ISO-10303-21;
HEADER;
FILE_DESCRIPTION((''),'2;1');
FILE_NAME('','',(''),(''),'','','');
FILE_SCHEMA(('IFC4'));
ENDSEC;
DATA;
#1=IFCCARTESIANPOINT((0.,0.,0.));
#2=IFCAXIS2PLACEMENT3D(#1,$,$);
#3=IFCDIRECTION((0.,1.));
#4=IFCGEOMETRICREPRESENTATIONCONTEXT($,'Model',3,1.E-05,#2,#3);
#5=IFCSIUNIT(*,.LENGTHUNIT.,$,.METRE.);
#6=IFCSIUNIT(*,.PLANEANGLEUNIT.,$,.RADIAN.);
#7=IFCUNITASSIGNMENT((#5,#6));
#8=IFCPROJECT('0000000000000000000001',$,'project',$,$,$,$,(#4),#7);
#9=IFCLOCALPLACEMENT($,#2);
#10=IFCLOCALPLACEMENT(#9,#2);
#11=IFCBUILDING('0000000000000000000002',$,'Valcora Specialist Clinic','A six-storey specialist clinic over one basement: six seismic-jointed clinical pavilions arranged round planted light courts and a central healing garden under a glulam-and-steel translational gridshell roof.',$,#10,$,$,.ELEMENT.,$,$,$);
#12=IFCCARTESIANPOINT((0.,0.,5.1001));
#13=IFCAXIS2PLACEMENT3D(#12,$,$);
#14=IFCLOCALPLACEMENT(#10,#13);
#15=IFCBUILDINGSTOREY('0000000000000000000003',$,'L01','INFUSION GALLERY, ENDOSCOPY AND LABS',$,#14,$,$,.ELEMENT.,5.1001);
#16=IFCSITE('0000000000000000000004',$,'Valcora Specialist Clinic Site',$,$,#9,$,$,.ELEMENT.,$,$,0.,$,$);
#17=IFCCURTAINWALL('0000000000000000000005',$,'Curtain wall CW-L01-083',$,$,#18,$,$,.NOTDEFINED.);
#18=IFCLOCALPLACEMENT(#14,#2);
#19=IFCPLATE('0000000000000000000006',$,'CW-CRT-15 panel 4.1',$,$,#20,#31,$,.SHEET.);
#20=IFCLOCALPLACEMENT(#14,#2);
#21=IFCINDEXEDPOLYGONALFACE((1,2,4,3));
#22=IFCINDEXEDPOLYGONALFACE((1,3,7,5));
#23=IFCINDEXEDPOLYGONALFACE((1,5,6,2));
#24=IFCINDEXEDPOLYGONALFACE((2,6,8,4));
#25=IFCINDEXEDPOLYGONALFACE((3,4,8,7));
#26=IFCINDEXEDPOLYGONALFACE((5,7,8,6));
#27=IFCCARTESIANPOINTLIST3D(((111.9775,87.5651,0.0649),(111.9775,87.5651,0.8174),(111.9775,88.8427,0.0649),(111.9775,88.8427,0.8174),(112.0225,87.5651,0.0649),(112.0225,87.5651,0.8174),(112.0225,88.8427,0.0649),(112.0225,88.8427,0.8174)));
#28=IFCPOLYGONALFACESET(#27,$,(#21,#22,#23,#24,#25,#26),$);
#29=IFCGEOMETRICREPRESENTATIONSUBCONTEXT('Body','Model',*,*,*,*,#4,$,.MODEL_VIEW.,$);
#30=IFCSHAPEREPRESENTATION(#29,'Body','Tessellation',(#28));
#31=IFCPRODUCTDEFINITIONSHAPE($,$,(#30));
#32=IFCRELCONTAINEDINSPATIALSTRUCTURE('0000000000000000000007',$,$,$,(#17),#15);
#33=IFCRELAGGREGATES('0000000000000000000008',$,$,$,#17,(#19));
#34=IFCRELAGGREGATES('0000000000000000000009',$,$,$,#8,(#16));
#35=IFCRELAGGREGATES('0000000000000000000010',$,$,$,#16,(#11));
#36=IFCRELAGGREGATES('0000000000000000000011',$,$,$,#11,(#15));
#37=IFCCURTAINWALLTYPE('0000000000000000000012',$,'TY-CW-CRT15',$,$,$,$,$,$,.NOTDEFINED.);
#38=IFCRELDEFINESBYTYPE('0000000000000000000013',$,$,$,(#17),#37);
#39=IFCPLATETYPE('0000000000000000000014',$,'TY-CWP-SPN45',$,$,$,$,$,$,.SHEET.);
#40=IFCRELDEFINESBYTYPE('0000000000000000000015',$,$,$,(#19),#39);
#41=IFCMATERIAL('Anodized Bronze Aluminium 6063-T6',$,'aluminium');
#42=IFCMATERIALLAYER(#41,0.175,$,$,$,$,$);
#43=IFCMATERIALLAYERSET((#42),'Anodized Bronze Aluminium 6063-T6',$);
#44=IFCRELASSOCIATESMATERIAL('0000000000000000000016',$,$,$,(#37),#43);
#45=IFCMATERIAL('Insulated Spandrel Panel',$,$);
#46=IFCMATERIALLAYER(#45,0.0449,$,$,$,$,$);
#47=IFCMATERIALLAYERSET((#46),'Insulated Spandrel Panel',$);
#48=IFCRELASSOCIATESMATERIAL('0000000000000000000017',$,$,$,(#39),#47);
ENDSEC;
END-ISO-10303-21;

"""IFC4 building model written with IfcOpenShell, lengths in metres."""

from ifc_helpers import new_model, si_unit, direction, frame, origin, origin_2d, place, context, subcontext, project, spatial, rectangle, extrude, material, layer, layer_set, type_object, element, aggregate, save


model = new_model("IFC4")

# Units and contexts
model_context = context("Model", 3, precision=1e-05, world=origin(), true_north=direction((0.0, 1.0)))
body_context = subcontext(model_context, "Body", "Model", "MODEL_VIEW")
ifc_project = project(units=[si_unit("LENGTHUNIT", "METRE"), si_unit("PLANEANGLEUNIT", "RADIAN")], contexts=[model_context])

# Site, building, storey
site_placement = place(None, origin())
site = spatial("IfcSite", under=ifc_project, at=site_placement, Name="Valcora Specialist Clinic Site", CompositionType="ELEMENT", RefElevation=0.0)
building_placement = place(site_placement, origin())
building = spatial("IfcBuilding", under=site, at=building_placement, Name="Valcora Specialist Clinic", Description="A six-storey specialist clinic over one basement: six seismic-jointed clinical pavilions arranged round planted light courts and a central healing garden under a glulam-and-steel translational gridshell roof.", CompositionType="ELEMENT")
storey_placement = place(building_placement, frame((0.0, 0.0, 5.1001)))
storey = spatial("IfcBuildingStorey", under=building, at=storey_placement, Name="L01", Description="INFUSION GALLERY, ENDOSCOPY AND LABS", CompositionType="ELEMENT", Elevation=5.1001)

# Curtain wall
ifc_material_1 = material(Name="Anodized Bronze Aluminium 6063-T6", Category="aluminium")
ifc_layer_1 = layer(ifc_material_1, 0.175)
ifc_layer_set_1 = layer_set([ifc_layer_1], Name="Anodized Bronze Aluminium 6063-T6")
curtain_wall_type = type_object("IfcCurtainWallType", Name="TY-CW-CRT15", PredefinedType="NOTDEFINED", material=ifc_layer_set_1)
curtain_wall_1_placement = place(storey_placement, origin())
curtain_wall_1 = element("IfcCurtainWall", 1, at=curtain_wall_1_placement, inside=storey, type_object=curtain_wall_type, Name="Curtain wall CW-L01-083", PredefinedType="NOTDEFINED")

# Plate
ifc_material_2 = material(Name="Insulated Spandrel Panel")
ifc_layer_2 = layer(ifc_material_2, 0.0449)
ifc_layer_set_2 = layer_set([ifc_layer_2], Name="Insulated Spandrel Panel")
plate_type_1 = type_object("IfcPlateType", Name="TY-CWP-SPN45", PredefinedType="SHEET", material=ifc_layer_set_2)
plate_1_placement = place(storey_placement, frame((112.0, 88.2039, 0.0649), z_axis=(0.0, 0.0, 1.0), x_axis=(0.0, -1.0, 0.0)))
plate_1 = element("IfcPlate", 2, at=plate_1_placement, type_object=plate_type_1, Name="CW-CRT-15 panel 4.1", PredefinedType="SHEET", context=body_context, shape_type="SweptSolid", body=[
    extrude(rectangle(XDim=1.2776, YDim=0.0449, at=origin_2d()), origin(), (0.0, 0.0, 1.0), 0.7524),
])
aggregate(curtain_wall_1, [plate_1])

save(model, "model.ifc")
